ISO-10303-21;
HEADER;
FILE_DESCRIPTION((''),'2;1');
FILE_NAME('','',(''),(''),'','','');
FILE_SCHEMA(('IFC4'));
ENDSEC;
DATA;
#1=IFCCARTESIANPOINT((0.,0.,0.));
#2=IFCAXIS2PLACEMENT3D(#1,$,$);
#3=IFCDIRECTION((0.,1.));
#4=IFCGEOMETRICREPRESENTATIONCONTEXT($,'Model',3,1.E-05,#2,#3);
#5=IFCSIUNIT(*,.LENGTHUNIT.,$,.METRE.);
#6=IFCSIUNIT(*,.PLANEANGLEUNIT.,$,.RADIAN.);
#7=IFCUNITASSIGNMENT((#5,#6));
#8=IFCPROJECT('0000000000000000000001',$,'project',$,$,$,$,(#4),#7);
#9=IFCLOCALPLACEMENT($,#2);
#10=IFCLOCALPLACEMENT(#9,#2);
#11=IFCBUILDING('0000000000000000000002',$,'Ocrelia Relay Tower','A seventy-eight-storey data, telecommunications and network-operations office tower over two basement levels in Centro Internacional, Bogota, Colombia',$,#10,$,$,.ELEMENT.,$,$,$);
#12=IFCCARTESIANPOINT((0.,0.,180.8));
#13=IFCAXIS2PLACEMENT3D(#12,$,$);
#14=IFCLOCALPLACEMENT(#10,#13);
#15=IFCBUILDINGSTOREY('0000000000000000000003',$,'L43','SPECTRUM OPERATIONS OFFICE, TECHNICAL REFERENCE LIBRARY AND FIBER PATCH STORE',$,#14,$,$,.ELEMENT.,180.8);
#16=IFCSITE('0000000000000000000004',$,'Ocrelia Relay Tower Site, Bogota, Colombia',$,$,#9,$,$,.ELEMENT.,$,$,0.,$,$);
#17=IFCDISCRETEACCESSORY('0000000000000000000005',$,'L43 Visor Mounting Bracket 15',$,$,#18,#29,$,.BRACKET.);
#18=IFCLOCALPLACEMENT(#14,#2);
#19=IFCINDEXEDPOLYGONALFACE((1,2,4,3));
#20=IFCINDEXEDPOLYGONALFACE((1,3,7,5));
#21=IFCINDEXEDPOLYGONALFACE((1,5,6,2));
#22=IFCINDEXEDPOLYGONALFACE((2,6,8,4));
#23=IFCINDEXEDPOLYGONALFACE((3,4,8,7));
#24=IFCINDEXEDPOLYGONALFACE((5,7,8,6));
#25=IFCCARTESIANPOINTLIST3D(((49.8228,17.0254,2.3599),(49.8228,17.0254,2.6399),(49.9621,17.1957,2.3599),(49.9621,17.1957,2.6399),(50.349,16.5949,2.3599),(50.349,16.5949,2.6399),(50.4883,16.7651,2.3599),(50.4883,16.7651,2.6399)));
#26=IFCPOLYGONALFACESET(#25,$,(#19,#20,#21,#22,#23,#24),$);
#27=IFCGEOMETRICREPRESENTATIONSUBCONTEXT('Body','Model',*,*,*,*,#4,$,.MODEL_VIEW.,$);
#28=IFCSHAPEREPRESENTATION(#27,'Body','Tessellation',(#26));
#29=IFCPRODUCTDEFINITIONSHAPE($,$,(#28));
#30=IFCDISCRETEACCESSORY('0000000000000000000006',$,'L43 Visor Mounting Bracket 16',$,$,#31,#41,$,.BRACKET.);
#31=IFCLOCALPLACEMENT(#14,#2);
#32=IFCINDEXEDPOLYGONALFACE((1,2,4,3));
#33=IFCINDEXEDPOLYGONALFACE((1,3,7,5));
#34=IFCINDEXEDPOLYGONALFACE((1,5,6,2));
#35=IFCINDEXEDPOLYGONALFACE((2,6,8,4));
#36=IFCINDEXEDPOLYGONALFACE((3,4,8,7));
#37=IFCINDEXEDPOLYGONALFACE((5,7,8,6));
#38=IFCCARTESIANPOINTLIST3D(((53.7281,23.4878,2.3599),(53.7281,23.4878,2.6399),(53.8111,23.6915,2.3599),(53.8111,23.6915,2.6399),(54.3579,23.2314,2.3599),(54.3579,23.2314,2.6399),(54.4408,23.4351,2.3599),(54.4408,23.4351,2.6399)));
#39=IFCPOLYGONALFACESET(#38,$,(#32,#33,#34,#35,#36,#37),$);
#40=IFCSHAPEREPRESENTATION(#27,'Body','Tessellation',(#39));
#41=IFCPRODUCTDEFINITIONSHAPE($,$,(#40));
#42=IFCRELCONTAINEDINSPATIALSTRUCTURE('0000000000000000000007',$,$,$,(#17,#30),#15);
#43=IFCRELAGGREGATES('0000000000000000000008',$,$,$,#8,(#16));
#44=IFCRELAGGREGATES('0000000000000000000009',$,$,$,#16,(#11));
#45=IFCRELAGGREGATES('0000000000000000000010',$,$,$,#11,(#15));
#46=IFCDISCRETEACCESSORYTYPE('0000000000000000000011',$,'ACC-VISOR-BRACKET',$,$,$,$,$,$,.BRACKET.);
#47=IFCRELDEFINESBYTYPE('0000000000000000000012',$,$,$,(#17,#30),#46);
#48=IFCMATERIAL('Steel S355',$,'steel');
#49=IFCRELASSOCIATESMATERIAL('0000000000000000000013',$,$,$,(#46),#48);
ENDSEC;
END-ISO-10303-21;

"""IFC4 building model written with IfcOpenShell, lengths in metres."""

from ifc_helpers import new_model, si_unit, direction, frame, origin, origin_2d, place, context, subcontext, project, spatial, rectangle, extrude, material, type_object, element, save


model = new_model("IFC4")

# Units and contexts
model_context = context("Model", 3, precision=1e-05, world=origin(), true_north=direction((0.0, 1.0)))
body_context = subcontext(model_context, "Body", "Model", "MODEL_VIEW")
ifc_project = project(units=[si_unit("LENGTHUNIT", "METRE"), si_unit("PLANEANGLEUNIT", "RADIAN")], contexts=[model_context])

# Site, building, storey
site_placement = place(None, origin())
site = spatial("IfcSite", under=ifc_project, at=site_placement, Name="Ocrelia Relay Tower Site, Bogota, Colombia", CompositionType="ELEMENT", RefElevation=0.0)
building_placement = place(site_placement, origin())
building = spatial("IfcBuilding", under=site, at=building_placement, Name="Ocrelia Relay Tower", Description="A seventy-eight-storey data, telecommunications and network-operations office tower over two basement levels in Centro Internacional, Bogota, Colombia", CompositionType="ELEMENT")
storey_placement = place(building_placement, frame((0.0, 0.0, 180.8)))
storey = spatial("IfcBuildingStorey", under=building, at=storey_placement, Name="L43", Description="SPECTRUM OPERATIONS OFFICE, TECHNICAL REFERENCE LIBRARY AND FIBER PATCH STORE", CompositionType="ELEMENT", Elevation=180.8)

# Shared definitions
ifc_material_1 = material(Name="Steel S355", Category="steel")

# Discrete accessories
discrete_accessory_type = type_object("IfcDiscreteAccessoryType", Name="ACC-VISOR-BRACKET", PredefinedType="BRACKET", material=ifc_material_1)
for number, where, z_axis, x_axis, name in (
    (1, (50.1555, 16.8953, 2.3599), (0.0, 0.0, 1.0), (0.633266, 0.773934, 0.0), "L43 Visor Mounting Bracket 15"),
    (2, (54.0845, 23.4614, 2.3599), (0.0, 0.0, 1.0), (0.377115, 0.926167, 0.0), "L43 Visor Mounting Bracket 16"),
):
    element("IfcDiscreteAccessory", number, at=place(storey_placement, frame(where, z_axis=z_axis, x_axis=x_axis)), inside=storey, type_object=discrete_accessory_type, Name=name, PredefinedType="BRACKET", context=body_context, shape_type="SweptSolid", body=[
        extrude(rectangle(XDim=0.22, YDim=0.6799, at=origin_2d()), origin(), (0.0, 0.0, 1.0), 0.28),
    ])

save(model, "model.ifc")
